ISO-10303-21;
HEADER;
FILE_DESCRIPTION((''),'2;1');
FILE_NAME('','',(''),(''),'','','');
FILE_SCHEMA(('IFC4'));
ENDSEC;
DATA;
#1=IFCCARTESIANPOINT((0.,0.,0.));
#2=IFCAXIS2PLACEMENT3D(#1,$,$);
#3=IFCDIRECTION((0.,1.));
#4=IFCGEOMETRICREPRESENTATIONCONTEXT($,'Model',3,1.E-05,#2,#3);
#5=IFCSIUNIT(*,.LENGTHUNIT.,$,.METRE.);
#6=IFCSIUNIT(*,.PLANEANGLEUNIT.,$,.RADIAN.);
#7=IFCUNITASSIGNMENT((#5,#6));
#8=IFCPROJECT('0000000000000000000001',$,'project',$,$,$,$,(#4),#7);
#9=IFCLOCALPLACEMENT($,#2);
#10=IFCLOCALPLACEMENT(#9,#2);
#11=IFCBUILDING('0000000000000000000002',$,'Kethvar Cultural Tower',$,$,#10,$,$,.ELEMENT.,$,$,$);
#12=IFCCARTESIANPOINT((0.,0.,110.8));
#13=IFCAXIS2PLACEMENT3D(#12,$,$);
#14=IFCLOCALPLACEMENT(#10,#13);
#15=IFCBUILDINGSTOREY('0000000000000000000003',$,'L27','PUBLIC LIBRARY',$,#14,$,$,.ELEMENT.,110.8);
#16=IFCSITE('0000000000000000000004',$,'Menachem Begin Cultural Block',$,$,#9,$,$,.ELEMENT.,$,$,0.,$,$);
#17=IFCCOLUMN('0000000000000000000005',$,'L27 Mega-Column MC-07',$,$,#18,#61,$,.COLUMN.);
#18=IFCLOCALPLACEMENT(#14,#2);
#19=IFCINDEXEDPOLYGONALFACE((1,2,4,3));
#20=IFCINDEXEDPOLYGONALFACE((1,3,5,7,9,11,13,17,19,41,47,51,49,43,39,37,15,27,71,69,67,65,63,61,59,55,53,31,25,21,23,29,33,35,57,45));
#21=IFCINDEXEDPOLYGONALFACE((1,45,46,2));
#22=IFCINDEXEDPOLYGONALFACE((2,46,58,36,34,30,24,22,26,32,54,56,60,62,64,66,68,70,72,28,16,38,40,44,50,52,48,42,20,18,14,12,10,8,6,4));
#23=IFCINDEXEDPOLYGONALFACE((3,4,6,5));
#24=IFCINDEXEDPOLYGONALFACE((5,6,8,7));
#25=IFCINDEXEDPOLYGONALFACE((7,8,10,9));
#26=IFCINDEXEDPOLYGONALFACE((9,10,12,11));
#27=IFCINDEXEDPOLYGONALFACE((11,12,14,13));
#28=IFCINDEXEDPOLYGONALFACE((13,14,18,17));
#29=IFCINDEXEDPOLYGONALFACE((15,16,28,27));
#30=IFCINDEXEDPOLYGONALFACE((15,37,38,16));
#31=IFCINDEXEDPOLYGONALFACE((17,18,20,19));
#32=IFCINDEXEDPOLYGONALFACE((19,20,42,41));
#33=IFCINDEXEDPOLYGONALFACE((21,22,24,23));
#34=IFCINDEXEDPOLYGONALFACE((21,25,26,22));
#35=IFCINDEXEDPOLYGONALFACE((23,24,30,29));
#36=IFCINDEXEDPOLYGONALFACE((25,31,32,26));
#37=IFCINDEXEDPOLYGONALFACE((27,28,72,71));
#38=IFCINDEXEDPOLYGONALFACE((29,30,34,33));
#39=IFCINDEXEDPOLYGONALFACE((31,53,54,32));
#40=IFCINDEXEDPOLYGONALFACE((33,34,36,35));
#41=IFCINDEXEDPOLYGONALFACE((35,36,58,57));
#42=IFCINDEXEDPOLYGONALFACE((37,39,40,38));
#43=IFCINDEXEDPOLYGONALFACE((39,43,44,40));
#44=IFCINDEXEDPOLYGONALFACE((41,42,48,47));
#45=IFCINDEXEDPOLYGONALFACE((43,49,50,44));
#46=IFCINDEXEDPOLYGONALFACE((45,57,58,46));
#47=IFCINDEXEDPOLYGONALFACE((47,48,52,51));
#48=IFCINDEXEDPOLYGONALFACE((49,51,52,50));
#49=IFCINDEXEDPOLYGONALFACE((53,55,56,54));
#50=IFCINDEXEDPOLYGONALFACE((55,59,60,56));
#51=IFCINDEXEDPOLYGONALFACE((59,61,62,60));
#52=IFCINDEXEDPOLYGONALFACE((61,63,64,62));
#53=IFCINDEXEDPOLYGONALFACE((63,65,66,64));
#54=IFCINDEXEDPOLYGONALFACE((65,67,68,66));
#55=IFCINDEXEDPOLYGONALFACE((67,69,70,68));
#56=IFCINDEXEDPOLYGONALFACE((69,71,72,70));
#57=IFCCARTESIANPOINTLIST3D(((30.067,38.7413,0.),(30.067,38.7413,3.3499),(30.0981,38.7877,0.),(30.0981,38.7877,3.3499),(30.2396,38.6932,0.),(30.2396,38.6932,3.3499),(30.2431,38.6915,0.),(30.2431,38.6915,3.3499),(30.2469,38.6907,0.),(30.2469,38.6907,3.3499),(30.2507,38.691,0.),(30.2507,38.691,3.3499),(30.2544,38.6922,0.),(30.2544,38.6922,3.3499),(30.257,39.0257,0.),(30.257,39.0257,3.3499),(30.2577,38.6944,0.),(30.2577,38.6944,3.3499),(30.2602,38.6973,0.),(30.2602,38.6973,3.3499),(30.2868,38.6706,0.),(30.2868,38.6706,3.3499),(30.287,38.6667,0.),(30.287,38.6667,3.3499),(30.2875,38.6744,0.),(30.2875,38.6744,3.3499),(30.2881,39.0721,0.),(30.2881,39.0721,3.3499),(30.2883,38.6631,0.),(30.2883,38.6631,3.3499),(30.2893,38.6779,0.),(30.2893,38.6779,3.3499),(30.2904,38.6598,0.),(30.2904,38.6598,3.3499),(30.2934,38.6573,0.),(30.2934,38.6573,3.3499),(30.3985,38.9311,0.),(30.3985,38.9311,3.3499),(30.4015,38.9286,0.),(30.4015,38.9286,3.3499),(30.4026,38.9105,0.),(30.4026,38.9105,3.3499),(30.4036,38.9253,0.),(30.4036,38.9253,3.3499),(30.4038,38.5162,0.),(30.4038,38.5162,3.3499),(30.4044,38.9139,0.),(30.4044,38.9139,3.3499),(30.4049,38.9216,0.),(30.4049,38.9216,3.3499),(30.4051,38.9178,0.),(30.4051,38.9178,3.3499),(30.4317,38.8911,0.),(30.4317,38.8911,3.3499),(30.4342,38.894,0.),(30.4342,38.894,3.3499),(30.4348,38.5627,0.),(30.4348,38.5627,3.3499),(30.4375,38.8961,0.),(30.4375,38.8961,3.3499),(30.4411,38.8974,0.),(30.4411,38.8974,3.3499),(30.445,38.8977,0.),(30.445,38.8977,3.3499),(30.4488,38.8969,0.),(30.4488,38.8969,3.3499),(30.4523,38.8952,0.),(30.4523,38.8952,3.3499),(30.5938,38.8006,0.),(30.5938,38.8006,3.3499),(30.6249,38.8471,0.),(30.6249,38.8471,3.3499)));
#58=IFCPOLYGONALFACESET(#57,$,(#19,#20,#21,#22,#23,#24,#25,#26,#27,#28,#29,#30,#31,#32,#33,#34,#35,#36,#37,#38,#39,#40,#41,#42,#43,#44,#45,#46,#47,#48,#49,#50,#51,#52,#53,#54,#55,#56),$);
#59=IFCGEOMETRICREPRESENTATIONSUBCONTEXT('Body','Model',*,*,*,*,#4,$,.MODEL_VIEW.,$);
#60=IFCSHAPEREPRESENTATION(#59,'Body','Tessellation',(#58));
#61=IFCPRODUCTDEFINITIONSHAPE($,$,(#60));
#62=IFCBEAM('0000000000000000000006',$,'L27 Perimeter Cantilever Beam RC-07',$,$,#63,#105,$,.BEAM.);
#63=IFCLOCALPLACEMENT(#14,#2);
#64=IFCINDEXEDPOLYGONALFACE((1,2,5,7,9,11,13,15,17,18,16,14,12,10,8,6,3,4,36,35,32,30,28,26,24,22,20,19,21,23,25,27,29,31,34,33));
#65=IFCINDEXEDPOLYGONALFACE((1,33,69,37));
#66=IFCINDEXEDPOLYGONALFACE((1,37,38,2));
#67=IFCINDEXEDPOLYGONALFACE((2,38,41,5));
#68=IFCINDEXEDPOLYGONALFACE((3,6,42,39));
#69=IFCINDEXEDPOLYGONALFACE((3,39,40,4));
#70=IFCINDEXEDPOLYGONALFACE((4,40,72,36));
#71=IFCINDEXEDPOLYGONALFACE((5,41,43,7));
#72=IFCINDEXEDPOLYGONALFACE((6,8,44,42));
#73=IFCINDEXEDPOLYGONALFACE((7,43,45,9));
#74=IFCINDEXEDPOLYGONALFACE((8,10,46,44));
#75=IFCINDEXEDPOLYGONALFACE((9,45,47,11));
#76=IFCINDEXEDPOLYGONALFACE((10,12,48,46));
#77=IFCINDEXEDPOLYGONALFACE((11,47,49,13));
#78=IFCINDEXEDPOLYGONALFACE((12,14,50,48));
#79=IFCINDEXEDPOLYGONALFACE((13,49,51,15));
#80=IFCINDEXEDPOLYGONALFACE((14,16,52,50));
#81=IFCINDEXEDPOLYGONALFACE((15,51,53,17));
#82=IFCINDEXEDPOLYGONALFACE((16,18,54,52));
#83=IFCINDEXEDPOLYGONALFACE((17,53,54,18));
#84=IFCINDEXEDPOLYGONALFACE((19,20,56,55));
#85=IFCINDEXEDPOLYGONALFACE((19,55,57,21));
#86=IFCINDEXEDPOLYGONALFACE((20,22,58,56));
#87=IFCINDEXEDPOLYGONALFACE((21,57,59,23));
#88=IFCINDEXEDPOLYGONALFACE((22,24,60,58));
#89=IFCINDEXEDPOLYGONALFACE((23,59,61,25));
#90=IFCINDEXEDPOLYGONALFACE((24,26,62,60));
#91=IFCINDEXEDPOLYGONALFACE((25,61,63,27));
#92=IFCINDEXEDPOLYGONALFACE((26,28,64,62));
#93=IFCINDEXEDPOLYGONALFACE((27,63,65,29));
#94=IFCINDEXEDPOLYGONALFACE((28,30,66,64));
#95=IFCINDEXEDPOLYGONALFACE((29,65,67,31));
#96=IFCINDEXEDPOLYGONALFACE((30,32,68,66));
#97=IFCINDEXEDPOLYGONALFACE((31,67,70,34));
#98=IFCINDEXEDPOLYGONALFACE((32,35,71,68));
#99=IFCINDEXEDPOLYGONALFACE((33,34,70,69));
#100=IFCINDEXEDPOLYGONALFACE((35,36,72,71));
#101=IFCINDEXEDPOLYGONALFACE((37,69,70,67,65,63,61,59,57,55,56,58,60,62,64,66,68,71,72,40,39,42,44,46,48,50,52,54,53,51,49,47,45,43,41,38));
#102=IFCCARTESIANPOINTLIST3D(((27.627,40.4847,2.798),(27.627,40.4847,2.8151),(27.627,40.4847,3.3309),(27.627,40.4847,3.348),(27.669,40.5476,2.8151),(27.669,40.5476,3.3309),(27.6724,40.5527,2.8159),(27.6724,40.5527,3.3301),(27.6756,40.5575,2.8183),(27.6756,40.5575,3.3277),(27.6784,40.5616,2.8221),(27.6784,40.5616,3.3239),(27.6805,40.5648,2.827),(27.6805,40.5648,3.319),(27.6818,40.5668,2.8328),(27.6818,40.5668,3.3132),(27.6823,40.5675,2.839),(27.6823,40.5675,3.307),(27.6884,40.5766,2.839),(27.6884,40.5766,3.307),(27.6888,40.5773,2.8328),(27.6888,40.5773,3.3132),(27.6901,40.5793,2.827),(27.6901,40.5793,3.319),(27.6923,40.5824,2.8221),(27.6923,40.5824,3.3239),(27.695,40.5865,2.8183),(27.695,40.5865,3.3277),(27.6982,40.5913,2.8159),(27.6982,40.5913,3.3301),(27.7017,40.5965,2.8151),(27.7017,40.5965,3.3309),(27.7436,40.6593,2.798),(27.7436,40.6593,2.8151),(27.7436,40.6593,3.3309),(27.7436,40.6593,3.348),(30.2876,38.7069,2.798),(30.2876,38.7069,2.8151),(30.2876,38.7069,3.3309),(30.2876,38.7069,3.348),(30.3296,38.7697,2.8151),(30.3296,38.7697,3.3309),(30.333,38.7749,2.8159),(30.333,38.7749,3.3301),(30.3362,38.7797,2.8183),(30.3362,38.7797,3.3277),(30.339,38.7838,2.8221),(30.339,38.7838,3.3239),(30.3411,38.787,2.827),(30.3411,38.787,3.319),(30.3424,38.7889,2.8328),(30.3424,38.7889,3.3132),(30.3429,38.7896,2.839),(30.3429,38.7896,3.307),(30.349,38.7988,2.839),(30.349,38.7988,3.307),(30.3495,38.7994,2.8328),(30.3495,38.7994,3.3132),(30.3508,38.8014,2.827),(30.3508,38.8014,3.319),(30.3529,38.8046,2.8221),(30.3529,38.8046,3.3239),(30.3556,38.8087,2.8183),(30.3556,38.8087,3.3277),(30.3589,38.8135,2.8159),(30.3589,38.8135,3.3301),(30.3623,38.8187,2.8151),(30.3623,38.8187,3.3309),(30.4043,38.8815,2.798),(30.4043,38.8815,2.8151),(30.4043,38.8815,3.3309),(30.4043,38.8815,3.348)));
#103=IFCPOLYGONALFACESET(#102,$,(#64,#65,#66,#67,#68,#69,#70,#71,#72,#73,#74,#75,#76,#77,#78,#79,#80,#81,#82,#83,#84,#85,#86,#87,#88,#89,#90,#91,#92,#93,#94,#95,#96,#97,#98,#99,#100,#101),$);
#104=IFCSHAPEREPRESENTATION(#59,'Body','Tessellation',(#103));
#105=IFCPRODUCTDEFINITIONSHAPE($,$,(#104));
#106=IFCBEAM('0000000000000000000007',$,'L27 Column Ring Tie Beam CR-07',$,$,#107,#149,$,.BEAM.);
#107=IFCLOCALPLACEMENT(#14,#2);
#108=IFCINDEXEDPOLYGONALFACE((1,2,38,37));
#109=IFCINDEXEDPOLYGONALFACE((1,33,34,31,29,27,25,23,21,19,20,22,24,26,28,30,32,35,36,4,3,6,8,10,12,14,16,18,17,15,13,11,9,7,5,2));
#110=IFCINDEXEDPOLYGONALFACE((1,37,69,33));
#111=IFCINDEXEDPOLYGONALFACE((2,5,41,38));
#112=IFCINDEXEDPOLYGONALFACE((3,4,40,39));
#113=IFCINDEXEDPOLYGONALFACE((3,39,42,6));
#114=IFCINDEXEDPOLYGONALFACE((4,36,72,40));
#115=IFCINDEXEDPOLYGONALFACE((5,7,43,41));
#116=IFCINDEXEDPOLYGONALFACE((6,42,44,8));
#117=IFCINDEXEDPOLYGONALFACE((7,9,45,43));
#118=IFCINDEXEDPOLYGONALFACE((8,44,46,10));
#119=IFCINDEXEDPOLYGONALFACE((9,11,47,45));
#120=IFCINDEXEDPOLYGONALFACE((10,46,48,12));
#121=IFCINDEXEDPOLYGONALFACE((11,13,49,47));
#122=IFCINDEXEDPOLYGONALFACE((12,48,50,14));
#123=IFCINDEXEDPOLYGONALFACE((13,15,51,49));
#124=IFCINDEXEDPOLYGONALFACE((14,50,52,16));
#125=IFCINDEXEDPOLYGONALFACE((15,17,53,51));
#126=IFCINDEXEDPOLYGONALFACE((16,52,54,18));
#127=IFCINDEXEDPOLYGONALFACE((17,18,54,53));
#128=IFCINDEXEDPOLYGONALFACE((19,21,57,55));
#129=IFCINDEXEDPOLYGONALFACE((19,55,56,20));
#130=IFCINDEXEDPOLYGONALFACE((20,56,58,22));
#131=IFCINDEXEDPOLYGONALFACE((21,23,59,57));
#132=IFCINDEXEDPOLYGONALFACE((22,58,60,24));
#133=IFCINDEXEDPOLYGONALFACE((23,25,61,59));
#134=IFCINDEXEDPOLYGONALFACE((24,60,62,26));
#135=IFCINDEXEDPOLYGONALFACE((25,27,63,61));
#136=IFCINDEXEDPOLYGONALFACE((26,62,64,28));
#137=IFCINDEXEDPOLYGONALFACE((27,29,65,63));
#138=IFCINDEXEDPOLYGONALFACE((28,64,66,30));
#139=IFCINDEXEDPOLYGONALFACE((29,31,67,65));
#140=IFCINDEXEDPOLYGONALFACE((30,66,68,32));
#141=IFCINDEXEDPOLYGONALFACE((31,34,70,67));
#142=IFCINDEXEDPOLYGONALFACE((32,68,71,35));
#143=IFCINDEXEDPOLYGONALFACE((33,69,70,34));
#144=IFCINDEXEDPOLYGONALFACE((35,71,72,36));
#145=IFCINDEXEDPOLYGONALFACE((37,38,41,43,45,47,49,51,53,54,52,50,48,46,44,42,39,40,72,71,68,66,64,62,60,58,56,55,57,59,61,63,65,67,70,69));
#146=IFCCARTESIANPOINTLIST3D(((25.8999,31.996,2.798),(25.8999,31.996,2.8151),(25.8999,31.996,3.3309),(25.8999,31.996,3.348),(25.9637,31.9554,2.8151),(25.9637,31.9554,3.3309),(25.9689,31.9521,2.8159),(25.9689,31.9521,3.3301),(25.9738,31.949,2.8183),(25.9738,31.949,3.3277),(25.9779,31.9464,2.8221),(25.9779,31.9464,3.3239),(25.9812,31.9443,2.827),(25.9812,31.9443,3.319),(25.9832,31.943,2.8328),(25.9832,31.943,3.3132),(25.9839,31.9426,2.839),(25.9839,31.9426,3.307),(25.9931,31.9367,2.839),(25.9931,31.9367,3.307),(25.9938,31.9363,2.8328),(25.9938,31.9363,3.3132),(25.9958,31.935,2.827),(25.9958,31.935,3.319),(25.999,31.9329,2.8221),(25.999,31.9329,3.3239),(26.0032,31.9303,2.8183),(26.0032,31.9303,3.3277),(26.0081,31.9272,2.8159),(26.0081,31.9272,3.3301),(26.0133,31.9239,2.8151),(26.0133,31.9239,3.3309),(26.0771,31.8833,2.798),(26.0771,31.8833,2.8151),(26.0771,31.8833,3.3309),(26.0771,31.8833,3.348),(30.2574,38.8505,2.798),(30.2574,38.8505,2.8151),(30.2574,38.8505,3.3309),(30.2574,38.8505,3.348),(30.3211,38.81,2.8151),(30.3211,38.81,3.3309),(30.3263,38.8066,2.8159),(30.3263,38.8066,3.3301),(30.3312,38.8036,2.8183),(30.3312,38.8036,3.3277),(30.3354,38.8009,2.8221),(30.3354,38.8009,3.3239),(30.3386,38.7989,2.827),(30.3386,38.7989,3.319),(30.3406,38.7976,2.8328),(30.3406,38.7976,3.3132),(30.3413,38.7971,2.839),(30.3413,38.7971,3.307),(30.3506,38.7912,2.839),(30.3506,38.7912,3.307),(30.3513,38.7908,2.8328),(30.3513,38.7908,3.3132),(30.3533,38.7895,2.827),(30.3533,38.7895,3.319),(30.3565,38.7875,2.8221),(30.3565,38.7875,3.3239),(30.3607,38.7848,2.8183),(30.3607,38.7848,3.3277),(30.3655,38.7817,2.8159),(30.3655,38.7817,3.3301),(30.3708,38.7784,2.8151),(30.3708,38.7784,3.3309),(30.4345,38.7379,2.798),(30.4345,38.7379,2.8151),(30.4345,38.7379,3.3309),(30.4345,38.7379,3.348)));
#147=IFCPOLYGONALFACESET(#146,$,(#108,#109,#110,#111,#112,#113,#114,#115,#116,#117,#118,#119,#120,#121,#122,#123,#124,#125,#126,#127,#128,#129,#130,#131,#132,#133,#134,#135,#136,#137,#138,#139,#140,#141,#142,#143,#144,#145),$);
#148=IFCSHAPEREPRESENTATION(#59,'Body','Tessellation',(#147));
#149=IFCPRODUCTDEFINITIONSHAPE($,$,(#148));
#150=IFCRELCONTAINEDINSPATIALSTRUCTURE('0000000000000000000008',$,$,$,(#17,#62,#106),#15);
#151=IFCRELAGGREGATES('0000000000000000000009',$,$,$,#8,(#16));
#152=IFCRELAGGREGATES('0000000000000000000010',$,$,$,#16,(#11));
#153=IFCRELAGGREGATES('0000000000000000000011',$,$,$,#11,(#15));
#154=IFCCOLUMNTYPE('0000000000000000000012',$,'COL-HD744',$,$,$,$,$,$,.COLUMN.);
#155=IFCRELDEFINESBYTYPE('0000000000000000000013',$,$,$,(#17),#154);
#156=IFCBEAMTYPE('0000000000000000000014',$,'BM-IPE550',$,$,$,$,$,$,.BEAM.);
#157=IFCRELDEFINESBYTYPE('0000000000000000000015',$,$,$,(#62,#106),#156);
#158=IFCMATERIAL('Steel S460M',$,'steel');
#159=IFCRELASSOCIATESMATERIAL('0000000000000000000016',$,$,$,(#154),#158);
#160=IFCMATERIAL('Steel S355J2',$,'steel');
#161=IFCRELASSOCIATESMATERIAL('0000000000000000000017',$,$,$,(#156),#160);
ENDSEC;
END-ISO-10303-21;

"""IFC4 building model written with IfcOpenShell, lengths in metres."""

from ifc_helpers import new_model, si_unit, direction, frame, origin, origin_2d, place, context, subcontext, project, spatial, i_section, extrude, source, transform, mapped, material, material_profile, profile_set, type_object, element, save


model = new_model("IFC4")

# Units and contexts
model_context = context("Model", 3, precision=1e-05, world=origin(), true_north=direction((0.0, 1.0)))
body_context = subcontext(model_context, "Body", "Model", "MODEL_VIEW")
ifc_project = project(units=[si_unit("LENGTHUNIT", "METRE"), si_unit("PLANEANGLEUNIT", "RADIAN")], contexts=[model_context])

# Site, building, storey
site_placement = place(None, origin())
site = spatial("IfcSite", under=ifc_project, at=site_placement, Name="Menachem Begin Cultural Block", CompositionType="ELEMENT", RefElevation=0.0)
building_placement = place(site_placement, origin())
building = spatial("IfcBuilding", under=site, at=building_placement, Name="Kethvar Cultural Tower", CompositionType="ELEMENT")
storey_placement = place(building_placement, frame((0.0, 0.0, 110.8)))
storey = spatial("IfcBuildingStorey", under=building, at=storey_placement, Name="L27", Description="PUBLIC LIBRARY", CompositionType="ELEMENT", Elevation=110.8)

# Column
ifc_material_1 = material(Name="Steel S460M", Category="steel")
ifc_material_profile_1 = material_profile(ifc_material_1, i_section(OverallWidth=0.405, OverallDepth=0.3979, WebThickness=0.0349, FlangeThickness=0.0559, FilletRadius=0.0149, at=origin_2d()), Name="Steel S460M — HD400x744")
ifc_profile_set_1 = profile_set([ifc_material_profile_1], Name="Steel S460M — HD400x744")
column_type = type_object("IfcColumnType", Name="COL-HD744", PredefinedType="COLUMN", material=ifc_profile_set_1)
shared_shape_1 = source(origin(), body_context, "Body", "SweptSolid", [
    extrude(i_section(OverallWidth=0.405, OverallDepth=0.3979, WebThickness=0.0349, FlangeThickness=0.0559, FilletRadius=0.0149, at=origin_2d()), origin(), (0.0, 0.0, 1.0), 3.3499),
])
column_placement = place(storey_placement, frame((30.3459, 38.7942, 0.0), z_axis=(0.0, 0.0, 1.0), x_axis=(-0.83147, 0.55557, 0.0)))
element("IfcColumn", 1, at=column_placement, inside=storey, type_object=column_type, Name="L27 Mega-Column MC-07", PredefinedType="COLUMN", context=body_context, shape_type="MappedRepresentation", body=[
    mapped(shared_shape_1, transform((0.0, 0.0, 0.0), scale=1.0)),
])

# Beams
ifc_material_2 = material(Name="Steel S355J2", Category="steel")
ifc_material_profile_2 = material_profile(ifc_material_2, i_section(OverallWidth=0.21, OverallDepth=0.55, WebThickness=0.011, FlangeThickness=0.0171, FilletRadius=0.0239, at=origin_2d()), Name="Steel S355J2 — IPE550")
ifc_profile_set_2 = profile_set([ifc_material_profile_2], Name="Steel S355J2 — IPE550")
beam_type_1 = type_object("IfcBeamType", Name="BM-IPE550", PredefinedType="BEAM", material=ifc_profile_set_2)
shared_shape_2 = source(origin(), body_context, "Body", "SweptSolid", [
    extrude(i_section(OverallWidth=0.21, OverallDepth=0.55, WebThickness=0.011, FlangeThickness=0.0171, FilletRadius=0.0239, at=origin_2d()), origin(), (0.0, 0.0, 1.0), 3.2),
])
beam_1_placement = place(storey_placement, frame((30.3459, 38.7942, 3.073), z_axis=(-0.831463, 0.55558, 0.0), x_axis=(-0.55558, -0.831463, 0.0)))
element("IfcBeam", 2, at=beam_1_placement, inside=storey, type_object=beam_type_1, Name="L27 Perimeter Cantilever Beam RC-07", PredefinedType="BEAM", context=body_context, shape_type="MappedRepresentation", body=[
    mapped(shared_shape_2, transform((0.0, 0.0, 0.0), scale=1.0)),
])
shared_shape_3 = source(origin(), body_context, "Body", "SweptSolid", [
    extrude(i_section(OverallWidth=0.21, OverallDepth=0.55, WebThickness=0.011, FlangeThickness=0.0171, FilletRadius=0.0239, at=origin_2d()), origin(), (0.0, 0.0, 1.0), 8.1223),
])
beam_2_placement = place(storey_placement, frame((30.3459, 38.7942, 3.073), z_axis=(-0.536479, -0.843914, 0.0), x_axis=(0.843914, -0.536479, 0.0)))
element("IfcBeam", 3, at=beam_2_placement, inside=storey, type_object=beam_type_1, Name="L27 Column Ring Tie Beam CR-07", PredefinedType="BEAM", context=body_context, shape_type="MappedRepresentation", body=[
    mapped(shared_shape_3, transform((0.0, 0.0, 0.0), scale=1.0)),
])

save(model, "model.ifc")
